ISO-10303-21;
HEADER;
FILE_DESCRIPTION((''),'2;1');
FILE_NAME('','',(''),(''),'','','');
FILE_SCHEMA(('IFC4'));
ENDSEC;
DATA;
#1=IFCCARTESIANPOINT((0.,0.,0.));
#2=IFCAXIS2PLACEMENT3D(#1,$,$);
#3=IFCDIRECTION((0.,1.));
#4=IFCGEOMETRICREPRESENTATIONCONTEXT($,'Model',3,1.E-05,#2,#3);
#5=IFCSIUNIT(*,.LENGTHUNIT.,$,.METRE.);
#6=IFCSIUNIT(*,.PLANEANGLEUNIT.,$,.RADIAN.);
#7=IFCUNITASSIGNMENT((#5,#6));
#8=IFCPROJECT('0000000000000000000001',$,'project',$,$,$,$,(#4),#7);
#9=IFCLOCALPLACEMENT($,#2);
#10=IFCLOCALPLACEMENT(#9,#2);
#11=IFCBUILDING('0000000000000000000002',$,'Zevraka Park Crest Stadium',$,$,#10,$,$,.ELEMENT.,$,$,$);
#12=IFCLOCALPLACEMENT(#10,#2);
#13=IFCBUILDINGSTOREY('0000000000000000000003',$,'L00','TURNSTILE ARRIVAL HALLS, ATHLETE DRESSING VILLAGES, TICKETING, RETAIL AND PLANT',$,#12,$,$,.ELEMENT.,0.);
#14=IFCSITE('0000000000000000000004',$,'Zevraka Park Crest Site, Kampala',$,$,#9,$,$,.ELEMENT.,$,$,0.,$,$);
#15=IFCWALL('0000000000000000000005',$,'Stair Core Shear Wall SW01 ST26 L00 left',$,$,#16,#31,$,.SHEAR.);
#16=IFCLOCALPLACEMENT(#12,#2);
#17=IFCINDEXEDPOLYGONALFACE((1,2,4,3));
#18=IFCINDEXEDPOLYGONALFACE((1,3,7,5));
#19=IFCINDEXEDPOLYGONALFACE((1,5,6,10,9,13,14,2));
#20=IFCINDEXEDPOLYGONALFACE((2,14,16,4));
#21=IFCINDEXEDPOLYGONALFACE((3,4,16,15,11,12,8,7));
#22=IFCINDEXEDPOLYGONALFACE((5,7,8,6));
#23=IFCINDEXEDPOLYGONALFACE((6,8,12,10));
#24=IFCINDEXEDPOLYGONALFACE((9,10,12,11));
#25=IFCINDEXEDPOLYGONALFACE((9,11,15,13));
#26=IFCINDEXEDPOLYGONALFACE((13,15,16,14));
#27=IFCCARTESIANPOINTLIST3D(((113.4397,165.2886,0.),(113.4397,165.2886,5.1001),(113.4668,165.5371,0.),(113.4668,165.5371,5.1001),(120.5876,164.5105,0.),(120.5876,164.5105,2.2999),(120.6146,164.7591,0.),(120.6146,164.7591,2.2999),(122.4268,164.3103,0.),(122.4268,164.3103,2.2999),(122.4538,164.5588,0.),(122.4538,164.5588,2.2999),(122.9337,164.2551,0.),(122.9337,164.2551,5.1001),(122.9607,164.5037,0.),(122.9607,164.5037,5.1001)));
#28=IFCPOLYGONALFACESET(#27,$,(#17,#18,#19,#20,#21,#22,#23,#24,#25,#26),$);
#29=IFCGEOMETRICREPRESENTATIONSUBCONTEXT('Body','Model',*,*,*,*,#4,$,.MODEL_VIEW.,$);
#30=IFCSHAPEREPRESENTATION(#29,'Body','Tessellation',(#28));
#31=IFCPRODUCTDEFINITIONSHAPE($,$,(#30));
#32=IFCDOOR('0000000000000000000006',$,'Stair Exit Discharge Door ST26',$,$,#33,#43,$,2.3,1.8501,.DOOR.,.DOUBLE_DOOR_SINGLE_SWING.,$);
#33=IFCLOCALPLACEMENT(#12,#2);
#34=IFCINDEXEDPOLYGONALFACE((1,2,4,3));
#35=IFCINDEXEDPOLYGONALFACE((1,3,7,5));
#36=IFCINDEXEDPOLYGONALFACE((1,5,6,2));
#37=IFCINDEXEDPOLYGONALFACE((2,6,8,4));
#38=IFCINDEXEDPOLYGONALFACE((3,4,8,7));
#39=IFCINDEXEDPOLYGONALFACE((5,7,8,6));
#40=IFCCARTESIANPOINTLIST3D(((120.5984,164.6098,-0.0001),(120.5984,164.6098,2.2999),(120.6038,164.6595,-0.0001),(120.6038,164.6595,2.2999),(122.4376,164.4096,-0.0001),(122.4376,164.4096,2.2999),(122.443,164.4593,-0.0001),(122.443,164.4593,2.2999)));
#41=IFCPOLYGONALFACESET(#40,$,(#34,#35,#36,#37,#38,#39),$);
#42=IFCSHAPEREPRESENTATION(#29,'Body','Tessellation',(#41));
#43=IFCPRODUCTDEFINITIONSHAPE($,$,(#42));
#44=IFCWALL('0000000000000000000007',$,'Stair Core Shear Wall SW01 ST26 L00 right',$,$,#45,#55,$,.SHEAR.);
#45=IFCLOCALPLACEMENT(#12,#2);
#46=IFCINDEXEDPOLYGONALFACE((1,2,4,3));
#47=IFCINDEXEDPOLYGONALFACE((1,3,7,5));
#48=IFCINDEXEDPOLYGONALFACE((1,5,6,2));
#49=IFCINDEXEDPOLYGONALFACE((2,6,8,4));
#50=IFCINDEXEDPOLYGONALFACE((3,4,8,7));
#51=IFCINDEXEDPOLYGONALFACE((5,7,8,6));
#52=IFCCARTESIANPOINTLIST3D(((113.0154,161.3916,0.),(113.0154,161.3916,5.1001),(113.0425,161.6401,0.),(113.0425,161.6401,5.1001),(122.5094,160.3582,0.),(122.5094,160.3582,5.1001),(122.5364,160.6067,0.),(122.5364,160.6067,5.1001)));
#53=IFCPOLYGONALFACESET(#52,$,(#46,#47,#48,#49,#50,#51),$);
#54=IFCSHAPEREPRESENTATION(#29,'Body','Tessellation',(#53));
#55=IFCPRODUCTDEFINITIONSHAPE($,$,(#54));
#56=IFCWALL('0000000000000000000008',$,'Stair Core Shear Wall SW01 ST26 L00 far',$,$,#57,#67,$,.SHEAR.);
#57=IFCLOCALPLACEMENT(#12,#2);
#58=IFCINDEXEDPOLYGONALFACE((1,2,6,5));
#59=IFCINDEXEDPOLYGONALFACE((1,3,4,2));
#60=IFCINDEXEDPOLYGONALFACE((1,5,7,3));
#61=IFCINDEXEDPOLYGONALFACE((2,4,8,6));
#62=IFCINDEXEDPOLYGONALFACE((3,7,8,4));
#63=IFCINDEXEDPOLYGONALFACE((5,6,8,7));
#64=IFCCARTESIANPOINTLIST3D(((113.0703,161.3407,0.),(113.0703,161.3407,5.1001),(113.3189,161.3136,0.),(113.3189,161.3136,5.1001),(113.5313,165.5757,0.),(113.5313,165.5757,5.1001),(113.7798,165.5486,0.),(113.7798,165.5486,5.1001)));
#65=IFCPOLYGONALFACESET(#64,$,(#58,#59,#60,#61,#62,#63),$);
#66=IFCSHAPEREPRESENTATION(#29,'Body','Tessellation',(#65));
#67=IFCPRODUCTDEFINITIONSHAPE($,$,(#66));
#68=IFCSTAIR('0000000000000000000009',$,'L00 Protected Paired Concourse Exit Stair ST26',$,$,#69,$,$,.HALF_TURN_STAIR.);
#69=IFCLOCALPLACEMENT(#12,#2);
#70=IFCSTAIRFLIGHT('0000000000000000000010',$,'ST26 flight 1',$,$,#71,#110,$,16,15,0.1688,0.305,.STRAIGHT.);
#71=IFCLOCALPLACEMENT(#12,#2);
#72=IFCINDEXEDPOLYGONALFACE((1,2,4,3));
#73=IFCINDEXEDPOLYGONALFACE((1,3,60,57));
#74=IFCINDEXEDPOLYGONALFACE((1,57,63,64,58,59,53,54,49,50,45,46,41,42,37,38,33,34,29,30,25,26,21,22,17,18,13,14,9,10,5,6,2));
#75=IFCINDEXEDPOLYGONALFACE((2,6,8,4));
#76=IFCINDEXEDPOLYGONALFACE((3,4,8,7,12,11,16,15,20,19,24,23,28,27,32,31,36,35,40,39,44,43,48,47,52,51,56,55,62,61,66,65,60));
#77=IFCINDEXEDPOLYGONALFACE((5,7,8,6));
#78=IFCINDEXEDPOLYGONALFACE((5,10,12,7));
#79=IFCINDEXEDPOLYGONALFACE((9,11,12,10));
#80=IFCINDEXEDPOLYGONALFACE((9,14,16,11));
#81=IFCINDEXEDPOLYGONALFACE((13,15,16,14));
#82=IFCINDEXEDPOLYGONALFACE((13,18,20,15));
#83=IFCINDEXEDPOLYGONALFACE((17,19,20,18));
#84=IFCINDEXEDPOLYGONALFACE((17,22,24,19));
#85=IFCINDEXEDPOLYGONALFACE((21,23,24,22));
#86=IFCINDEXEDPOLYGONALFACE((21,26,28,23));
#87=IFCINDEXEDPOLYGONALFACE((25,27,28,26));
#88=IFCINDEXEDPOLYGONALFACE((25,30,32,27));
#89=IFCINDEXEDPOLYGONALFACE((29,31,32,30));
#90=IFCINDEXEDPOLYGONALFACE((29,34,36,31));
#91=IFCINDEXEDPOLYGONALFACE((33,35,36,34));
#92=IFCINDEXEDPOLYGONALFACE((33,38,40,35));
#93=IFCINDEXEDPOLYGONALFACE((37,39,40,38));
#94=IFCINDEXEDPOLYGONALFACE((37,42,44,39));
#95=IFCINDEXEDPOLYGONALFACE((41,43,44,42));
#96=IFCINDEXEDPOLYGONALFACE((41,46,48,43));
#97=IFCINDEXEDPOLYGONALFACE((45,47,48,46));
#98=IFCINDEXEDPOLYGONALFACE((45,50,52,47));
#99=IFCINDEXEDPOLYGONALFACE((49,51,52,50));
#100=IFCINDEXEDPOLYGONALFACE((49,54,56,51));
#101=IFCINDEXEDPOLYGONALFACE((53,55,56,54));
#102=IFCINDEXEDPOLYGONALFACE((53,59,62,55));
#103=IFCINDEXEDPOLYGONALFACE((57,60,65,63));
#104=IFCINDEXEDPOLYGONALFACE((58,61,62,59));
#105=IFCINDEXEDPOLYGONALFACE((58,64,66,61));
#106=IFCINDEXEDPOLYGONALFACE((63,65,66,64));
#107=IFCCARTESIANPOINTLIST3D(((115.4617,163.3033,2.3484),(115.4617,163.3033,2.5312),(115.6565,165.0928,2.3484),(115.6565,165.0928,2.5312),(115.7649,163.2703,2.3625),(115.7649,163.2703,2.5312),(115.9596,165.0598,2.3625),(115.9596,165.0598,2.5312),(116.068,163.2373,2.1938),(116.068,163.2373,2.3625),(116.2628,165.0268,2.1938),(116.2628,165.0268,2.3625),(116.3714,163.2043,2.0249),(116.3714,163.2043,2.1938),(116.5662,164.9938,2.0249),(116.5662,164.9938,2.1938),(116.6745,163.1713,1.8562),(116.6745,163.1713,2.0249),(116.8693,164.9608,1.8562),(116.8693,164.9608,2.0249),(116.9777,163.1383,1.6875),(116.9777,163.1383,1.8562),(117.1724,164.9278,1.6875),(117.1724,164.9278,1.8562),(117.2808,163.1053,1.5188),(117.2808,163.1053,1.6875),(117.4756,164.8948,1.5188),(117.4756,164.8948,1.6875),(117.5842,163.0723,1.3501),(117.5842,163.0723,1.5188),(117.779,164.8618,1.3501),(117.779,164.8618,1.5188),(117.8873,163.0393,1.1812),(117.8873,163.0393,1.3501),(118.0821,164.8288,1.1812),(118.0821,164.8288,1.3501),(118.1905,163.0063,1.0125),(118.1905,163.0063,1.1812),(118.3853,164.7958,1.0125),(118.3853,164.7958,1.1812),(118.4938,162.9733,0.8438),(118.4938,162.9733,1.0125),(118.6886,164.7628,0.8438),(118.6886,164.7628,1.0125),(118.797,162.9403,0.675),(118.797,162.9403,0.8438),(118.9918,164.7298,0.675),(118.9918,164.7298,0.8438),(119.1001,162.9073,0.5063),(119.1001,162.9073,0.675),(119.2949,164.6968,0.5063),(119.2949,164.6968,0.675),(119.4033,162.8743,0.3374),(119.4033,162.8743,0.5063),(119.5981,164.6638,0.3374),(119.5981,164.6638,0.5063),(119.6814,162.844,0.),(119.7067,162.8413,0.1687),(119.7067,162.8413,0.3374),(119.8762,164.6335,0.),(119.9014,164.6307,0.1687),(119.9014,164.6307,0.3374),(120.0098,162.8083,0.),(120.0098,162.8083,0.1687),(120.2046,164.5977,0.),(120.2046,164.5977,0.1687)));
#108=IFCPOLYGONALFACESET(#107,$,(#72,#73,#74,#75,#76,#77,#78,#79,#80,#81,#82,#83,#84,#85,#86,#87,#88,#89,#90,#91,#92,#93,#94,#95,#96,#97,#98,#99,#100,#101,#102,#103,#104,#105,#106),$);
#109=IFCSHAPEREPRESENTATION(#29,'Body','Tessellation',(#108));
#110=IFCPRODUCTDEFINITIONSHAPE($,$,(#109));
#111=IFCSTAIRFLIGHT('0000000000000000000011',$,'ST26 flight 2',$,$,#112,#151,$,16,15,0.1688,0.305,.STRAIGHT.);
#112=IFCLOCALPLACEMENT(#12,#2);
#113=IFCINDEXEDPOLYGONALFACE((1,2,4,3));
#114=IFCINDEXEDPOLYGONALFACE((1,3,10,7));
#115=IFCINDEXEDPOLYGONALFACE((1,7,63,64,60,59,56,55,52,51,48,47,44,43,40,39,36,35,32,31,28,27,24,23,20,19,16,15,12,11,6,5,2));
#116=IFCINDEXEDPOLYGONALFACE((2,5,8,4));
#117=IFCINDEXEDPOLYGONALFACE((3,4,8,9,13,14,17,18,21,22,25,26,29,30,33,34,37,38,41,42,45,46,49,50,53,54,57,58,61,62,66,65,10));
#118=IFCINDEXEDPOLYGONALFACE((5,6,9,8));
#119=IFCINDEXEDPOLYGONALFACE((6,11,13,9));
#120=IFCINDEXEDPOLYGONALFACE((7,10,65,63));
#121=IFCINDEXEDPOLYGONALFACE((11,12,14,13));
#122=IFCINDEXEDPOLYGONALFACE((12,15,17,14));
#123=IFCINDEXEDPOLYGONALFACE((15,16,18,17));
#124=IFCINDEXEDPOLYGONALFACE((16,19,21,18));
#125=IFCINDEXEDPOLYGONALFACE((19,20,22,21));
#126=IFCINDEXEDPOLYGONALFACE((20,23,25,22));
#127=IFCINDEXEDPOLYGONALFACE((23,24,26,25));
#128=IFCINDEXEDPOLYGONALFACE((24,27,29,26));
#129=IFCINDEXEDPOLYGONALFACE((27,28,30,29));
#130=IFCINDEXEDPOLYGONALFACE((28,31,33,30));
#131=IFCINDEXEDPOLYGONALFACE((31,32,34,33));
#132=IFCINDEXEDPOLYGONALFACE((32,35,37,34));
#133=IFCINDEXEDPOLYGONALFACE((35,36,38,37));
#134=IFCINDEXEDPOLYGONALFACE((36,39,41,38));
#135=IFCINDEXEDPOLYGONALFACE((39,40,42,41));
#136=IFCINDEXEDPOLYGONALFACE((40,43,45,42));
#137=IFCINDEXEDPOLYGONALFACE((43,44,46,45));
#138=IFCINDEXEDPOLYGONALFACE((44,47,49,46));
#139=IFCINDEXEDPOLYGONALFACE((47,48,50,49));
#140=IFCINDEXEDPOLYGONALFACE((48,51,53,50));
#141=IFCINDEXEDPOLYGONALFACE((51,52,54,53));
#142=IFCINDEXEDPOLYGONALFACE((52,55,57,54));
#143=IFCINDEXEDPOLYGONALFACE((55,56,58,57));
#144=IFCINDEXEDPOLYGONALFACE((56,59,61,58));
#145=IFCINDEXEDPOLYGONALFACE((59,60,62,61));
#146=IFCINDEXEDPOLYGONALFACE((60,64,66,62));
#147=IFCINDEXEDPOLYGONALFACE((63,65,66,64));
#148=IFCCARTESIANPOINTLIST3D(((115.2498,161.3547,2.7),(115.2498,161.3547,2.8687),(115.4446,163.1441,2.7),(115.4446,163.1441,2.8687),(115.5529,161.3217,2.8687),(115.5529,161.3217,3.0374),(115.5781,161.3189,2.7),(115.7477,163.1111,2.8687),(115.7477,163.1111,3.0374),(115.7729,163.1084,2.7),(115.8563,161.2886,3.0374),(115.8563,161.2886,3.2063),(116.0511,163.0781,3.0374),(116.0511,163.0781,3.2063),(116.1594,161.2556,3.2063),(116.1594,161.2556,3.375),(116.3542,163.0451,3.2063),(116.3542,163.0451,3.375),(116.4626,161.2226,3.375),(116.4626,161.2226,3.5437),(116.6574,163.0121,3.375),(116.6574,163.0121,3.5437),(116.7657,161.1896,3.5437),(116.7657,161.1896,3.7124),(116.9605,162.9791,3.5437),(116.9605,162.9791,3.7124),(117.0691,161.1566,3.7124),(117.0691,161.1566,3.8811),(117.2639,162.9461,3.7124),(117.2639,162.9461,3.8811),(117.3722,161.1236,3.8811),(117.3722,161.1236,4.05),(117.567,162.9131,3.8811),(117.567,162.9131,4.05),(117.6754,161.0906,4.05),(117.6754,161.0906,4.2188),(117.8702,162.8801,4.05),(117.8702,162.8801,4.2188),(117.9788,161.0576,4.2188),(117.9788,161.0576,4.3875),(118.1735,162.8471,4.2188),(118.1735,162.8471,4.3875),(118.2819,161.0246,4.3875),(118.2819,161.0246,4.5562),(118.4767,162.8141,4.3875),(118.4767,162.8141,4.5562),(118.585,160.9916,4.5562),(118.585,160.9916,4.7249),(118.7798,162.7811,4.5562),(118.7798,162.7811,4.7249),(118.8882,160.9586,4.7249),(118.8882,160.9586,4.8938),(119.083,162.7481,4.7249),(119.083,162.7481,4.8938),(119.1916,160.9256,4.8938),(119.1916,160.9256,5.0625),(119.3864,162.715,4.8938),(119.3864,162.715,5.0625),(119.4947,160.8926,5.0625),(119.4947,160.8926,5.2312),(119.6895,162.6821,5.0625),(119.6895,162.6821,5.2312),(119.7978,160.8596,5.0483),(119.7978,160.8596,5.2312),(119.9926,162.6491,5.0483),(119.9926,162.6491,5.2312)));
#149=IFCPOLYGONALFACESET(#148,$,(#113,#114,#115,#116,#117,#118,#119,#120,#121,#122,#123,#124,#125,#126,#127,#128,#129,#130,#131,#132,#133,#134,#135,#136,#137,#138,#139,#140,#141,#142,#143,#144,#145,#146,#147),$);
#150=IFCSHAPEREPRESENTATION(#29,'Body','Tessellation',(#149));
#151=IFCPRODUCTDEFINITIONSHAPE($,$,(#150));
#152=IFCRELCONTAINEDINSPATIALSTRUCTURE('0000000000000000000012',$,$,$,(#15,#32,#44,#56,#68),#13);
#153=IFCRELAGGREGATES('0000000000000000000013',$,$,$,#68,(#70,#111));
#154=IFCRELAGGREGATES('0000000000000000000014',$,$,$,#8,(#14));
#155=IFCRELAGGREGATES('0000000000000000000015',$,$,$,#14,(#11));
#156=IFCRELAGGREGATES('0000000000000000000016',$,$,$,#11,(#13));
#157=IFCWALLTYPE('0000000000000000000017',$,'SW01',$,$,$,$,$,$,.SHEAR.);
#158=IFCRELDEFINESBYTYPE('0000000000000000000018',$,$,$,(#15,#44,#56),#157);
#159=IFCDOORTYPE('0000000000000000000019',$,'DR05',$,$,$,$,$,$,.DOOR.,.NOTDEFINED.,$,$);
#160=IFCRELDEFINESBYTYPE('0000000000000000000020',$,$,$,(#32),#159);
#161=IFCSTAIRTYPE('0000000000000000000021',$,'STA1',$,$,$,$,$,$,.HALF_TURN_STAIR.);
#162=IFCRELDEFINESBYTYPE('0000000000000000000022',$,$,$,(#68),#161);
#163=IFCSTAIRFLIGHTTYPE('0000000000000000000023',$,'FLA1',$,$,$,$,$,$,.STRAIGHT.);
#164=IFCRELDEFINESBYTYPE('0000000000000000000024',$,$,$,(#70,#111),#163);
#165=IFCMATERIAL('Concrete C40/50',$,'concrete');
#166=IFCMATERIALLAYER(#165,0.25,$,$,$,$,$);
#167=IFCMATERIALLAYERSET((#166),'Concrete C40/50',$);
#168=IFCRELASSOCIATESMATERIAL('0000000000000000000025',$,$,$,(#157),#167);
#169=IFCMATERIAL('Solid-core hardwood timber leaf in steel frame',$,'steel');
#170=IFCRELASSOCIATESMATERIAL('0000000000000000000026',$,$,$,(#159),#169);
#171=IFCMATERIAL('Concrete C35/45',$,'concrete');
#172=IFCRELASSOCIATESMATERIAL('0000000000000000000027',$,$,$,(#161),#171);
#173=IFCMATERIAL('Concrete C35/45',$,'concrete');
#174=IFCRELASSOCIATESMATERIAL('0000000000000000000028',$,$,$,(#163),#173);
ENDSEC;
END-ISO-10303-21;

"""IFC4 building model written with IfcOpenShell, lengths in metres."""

from ifc_helpers import new_model, si_unit, direction, frame, frame_2d, origin, place, context, subcontext, project, spatial, polyline, rectangle, outline, extrude, material, layer, layer_set, type_object, element, fill, aggregate, save


model = new_model("IFC4")

# Units and contexts
model_context = context("Model", 3, precision=1e-05, world=origin(), true_north=direction((0.0, 1.0)))
body_context = subcontext(model_context, "Body", "Model", "MODEL_VIEW")
ifc_project = project(units=[si_unit("LENGTHUNIT", "METRE"), si_unit("PLANEANGLEUNIT", "RADIAN")], contexts=[model_context])

# Site, building, storey
site_placement = place(None, origin())
site = spatial("IfcSite", under=ifc_project, at=site_placement, Name="Zevraka Park Crest Site, Kampala", CompositionType="ELEMENT", RefElevation=0.0)
building_placement = place(site_placement, origin())
building = spatial("IfcBuilding", under=site, at=building_placement, Name="Zevraka Park Crest Stadium", CompositionType="ELEMENT")
storey_placement = place(building_placement, origin())
storey = spatial("IfcBuildingStorey", under=building, at=storey_placement, Name="L00", Description="TURNSTILE ARRIVAL HALLS, ATHLETE DRESSING VILLAGES, TICKETING, RETAIL AND PLANT", CompositionType="ELEMENT", Elevation=0.0)

# Wall, opening, door
ifc_material_1 = material(Name="Concrete C40/50", Category="concrete")
ifc_layer_1 = layer(ifc_material_1, 0.25)
ifc_layer_set_1 = layer_set([ifc_layer_1], Name="Concrete C40/50")
wall_type_1 = type_object("IfcWallType", Name="SW01", PredefinedType="SHEAR", material=ifc_layer_set_1)
wall_1_placement = place(storey_placement, frame((113.4534, 165.4128, 0.0), z_axis=(0.0, 0.0, 1.0), x_axis=(0.994128, -0.108215, 0.0)))
wall_1 = element("IfcWall", 1, at=wall_1_placement, inside=storey, type_object=wall_type_1, Name="Stair Core Shear Wall SW01 ST26 L00 left", PredefinedType="SHEAR", context=body_context, shape_type="SweptSolid", body=[
    extrude(rectangle(XDim=9.55, YDim=0.25, at=frame_2d((4.7749, 0.0))), origin(), (0.0, 0.0, 1.0), 5.1001),
])
opening_1_placement = place(wall_1_placement, frame((7.1899, 0.0, 0.0)))
opening_1 = element("IfcOpeningElement", 2, at=opening_1_placement, cuts=wall_1, PredefinedType="OPENING", context=body_context, shape_type="SweptSolid", body=[
    extrude(rectangle(XDim=1.8501, YDim=2.3, at=frame_2d((0.925, 1.1499))), frame((0.0, 0.135, 0.0), z_axis=(0.0, -1.0, 0.0), x_axis=(1.0, 0.0, 0.0)), (0.0, 0.0, 1.0), 0.27),
])
ifc_material_2 = material(Name="Solid-core hardwood timber leaf in steel frame", Category="steel")
door_type_1 = type_object("IfcDoorType", Name="DR05", OperationType="NOTDEFINED", PredefinedType="DOOR", material=ifc_material_2)
door_1_placement = place(opening_1_placement, origin())
door_1 = element("IfcDoor", 3, at=door_1_placement, inside=storey, type_object=door_type_1, Name="Stair Exit Discharge Door ST26", OperationType="DOUBLE_DOOR_SINGLE_SWING", OverallHeight=2.3, OverallWidth=1.8501, PredefinedType="DOOR", context=body_context, shape_type="SweptSolid", body=[
    extrude(rectangle(XDim=1.8501, YDim=2.3, at=frame_2d((0.925, 1.1499))), frame((0.0, 0.0249, 0.0), z_axis=(0.0, -1.0, 0.0), x_axis=(1.0, 0.0, 0.0)), (0.0, 0.0, 1.0), 0.05),
])
fill(opening_1, door_1)

# Walls
wall_2_placement = place(storey_placement, frame((113.0291, 161.5159, 0.0), z_axis=(0.0, 0.0, 1.0), x_axis=(0.994128, -0.108215, 0.0)))
element("IfcWall", 4, at=wall_2_placement, inside=storey, type_object=wall_type_1, Name="Stair Core Shear Wall SW01 ST26 L00 right", PredefinedType="SHEAR", context=body_context, shape_type="SweptSolid", body=[
    extrude(rectangle(XDim=9.55, YDim=0.25, at=frame_2d((4.7749, 0.0))), origin(), (0.0, 0.0, 1.0), 5.1001),
])
wall_3_placement = place(storey_placement, frame((113.6555, 165.562, 0.0), z_axis=(0.0, 0.0, 1.0), x_axis=(-0.108198, -0.994129, 0.0)))
element("IfcWall", 5, at=wall_3_placement, inside=storey, type_object=wall_type_1, Name="Stair Core Shear Wall SW01 ST26 L00 far", PredefinedType="SHEAR", context=body_context, shape_type="SweptSolid", body=[
    extrude(rectangle(XDim=4.26, YDim=0.25, at=frame_2d((2.1299, 0.0))), origin(), (0.0, 0.0, 1.0), 5.1001),
])

# Stair, stair flights
ifc_material_3 = material(Name="Concrete C35/45", Category="concrete")
stair_type = type_object("IfcStairType", Name="STA1", PredefinedType="HALF_TURN_STAIR", material=ifc_material_3)
stair_placement = place(storey_placement, origin())
stair = element("IfcStair", 6, at=stair_placement, inside=storey, type_object=stair_type, Name="L00 Protected Paired Concourse Exit Stair ST26", PredefinedType="HALF_TURN_STAIR")
ifc_material_4 = material(Name="Concrete C35/45", Category="concrete")
stair_flight_type = type_object("IfcStairFlightType", Name="FLA1", PredefinedType="STRAIGHT", material=ifc_material_4)
stair_flight_1_placement = place(storey_placement, frame((120.1072, 163.7029, 0.0), z_axis=(0.0, 0.0, 1.0), x_axis=(-0.994128, 0.108215, 0.0)))
stair_flight_1 = element("IfcStairFlight", 7, at=stair_flight_1_placement, type_object=stair_flight_type, Name="ST26 flight 1", NumberOfRisers=16, NumberOfTreads=15, PredefinedType="STRAIGHT", RiserHeight=0.1688, TreadLength=0.305, context=body_context, shape_type="SweptSolid", body=[
    extrude(outline(polyline([(0.0, 0.0), (0.0, 0.1687), (0.3049, 0.1687), (0.3049, 0.3374), (0.6101, 0.3374), (0.6101, 0.5063), (0.915, 0.5063), (0.915, 0.675), (1.22, 0.675), (1.22, 0.8438), (1.5249, 0.8438), (1.5249, 1.0125), (1.8301, 1.0125), (1.8301, 1.1812), (2.135, 1.1812), (2.135, 1.3501), (2.4399, 1.3501), (2.4399, 1.5188), (2.7451, 1.5188), (2.7451, 1.6875), (3.05, 1.6875), (3.05, 1.8562), (3.355, 1.8562), (3.355, 2.0249), (3.6599, 2.0249), (3.6599, 2.1938), (3.9651, 2.1938), (3.9651, 2.3625), (4.27, 2.3625), (4.27, 2.5312), (4.575, 2.5312), (4.575, 2.7), (4.575, 2.3484), (0.3303, 0.0), (0.0, 0.0)])), frame((0.0, 0.8999, 0.0), z_axis=(0.0, -1.0, 0.0), x_axis=(1.0, 0.0, 0.0)), (0.0, 0.0, 1.0), 1.8),
])
stair_flight_2_placement = place(storey_placement, frame((115.3472, 162.2495, 2.7), z_axis=(0.0, 0.0, 1.0), x_axis=(0.994128, -0.108215, 0.0)))
stair_flight_2 = element("IfcStairFlight", 8, at=stair_flight_2_placement, type_object=stair_flight_type, Name="ST26 flight 2", NumberOfRisers=16, NumberOfTreads=15, PredefinedType="STRAIGHT", RiserHeight=0.1688, TreadLength=0.305, context=body_context, shape_type="SweptSolid", body=[
    extrude(outline(polyline([(0.0, 0.0), (0.0, 0.1687), (0.3049, 0.1687), (0.3049, 0.3374), (0.6101, 0.3374), (0.6101, 0.5063), (0.915, 0.5063), (0.915, 0.675), (1.22, 0.675), (1.22, 0.8438), (1.5249, 0.8438), (1.5249, 1.0125), (1.8301, 1.0125), (1.8301, 1.1812), (2.135, 1.1812), (2.135, 1.3501), (2.4399, 1.3501), (2.4399, 1.5188), (2.7451, 1.5188), (2.7451, 1.6875), (3.05, 1.6875), (3.05, 1.8562), (3.355, 1.8562), (3.355, 2.0249), (3.6599, 2.0249), (3.6599, 2.1938), (3.9651, 2.1938), (3.9651, 2.3625), (4.27, 2.3625), (4.27, 2.5312), (4.575, 2.5312), (4.575, 2.7), (4.575, 2.3484), (0.3303, 0.0), (0.0, 0.0)])), frame((0.0, 0.8999, 0.0), z_axis=(0.0, -1.0, 0.0), x_axis=(1.0, 0.0, 0.0)), (0.0, 0.0, 1.0), 1.8),
])
aggregate(stair, [stair_flight_1, stair_flight_2])

save(model, "model.ifc")
